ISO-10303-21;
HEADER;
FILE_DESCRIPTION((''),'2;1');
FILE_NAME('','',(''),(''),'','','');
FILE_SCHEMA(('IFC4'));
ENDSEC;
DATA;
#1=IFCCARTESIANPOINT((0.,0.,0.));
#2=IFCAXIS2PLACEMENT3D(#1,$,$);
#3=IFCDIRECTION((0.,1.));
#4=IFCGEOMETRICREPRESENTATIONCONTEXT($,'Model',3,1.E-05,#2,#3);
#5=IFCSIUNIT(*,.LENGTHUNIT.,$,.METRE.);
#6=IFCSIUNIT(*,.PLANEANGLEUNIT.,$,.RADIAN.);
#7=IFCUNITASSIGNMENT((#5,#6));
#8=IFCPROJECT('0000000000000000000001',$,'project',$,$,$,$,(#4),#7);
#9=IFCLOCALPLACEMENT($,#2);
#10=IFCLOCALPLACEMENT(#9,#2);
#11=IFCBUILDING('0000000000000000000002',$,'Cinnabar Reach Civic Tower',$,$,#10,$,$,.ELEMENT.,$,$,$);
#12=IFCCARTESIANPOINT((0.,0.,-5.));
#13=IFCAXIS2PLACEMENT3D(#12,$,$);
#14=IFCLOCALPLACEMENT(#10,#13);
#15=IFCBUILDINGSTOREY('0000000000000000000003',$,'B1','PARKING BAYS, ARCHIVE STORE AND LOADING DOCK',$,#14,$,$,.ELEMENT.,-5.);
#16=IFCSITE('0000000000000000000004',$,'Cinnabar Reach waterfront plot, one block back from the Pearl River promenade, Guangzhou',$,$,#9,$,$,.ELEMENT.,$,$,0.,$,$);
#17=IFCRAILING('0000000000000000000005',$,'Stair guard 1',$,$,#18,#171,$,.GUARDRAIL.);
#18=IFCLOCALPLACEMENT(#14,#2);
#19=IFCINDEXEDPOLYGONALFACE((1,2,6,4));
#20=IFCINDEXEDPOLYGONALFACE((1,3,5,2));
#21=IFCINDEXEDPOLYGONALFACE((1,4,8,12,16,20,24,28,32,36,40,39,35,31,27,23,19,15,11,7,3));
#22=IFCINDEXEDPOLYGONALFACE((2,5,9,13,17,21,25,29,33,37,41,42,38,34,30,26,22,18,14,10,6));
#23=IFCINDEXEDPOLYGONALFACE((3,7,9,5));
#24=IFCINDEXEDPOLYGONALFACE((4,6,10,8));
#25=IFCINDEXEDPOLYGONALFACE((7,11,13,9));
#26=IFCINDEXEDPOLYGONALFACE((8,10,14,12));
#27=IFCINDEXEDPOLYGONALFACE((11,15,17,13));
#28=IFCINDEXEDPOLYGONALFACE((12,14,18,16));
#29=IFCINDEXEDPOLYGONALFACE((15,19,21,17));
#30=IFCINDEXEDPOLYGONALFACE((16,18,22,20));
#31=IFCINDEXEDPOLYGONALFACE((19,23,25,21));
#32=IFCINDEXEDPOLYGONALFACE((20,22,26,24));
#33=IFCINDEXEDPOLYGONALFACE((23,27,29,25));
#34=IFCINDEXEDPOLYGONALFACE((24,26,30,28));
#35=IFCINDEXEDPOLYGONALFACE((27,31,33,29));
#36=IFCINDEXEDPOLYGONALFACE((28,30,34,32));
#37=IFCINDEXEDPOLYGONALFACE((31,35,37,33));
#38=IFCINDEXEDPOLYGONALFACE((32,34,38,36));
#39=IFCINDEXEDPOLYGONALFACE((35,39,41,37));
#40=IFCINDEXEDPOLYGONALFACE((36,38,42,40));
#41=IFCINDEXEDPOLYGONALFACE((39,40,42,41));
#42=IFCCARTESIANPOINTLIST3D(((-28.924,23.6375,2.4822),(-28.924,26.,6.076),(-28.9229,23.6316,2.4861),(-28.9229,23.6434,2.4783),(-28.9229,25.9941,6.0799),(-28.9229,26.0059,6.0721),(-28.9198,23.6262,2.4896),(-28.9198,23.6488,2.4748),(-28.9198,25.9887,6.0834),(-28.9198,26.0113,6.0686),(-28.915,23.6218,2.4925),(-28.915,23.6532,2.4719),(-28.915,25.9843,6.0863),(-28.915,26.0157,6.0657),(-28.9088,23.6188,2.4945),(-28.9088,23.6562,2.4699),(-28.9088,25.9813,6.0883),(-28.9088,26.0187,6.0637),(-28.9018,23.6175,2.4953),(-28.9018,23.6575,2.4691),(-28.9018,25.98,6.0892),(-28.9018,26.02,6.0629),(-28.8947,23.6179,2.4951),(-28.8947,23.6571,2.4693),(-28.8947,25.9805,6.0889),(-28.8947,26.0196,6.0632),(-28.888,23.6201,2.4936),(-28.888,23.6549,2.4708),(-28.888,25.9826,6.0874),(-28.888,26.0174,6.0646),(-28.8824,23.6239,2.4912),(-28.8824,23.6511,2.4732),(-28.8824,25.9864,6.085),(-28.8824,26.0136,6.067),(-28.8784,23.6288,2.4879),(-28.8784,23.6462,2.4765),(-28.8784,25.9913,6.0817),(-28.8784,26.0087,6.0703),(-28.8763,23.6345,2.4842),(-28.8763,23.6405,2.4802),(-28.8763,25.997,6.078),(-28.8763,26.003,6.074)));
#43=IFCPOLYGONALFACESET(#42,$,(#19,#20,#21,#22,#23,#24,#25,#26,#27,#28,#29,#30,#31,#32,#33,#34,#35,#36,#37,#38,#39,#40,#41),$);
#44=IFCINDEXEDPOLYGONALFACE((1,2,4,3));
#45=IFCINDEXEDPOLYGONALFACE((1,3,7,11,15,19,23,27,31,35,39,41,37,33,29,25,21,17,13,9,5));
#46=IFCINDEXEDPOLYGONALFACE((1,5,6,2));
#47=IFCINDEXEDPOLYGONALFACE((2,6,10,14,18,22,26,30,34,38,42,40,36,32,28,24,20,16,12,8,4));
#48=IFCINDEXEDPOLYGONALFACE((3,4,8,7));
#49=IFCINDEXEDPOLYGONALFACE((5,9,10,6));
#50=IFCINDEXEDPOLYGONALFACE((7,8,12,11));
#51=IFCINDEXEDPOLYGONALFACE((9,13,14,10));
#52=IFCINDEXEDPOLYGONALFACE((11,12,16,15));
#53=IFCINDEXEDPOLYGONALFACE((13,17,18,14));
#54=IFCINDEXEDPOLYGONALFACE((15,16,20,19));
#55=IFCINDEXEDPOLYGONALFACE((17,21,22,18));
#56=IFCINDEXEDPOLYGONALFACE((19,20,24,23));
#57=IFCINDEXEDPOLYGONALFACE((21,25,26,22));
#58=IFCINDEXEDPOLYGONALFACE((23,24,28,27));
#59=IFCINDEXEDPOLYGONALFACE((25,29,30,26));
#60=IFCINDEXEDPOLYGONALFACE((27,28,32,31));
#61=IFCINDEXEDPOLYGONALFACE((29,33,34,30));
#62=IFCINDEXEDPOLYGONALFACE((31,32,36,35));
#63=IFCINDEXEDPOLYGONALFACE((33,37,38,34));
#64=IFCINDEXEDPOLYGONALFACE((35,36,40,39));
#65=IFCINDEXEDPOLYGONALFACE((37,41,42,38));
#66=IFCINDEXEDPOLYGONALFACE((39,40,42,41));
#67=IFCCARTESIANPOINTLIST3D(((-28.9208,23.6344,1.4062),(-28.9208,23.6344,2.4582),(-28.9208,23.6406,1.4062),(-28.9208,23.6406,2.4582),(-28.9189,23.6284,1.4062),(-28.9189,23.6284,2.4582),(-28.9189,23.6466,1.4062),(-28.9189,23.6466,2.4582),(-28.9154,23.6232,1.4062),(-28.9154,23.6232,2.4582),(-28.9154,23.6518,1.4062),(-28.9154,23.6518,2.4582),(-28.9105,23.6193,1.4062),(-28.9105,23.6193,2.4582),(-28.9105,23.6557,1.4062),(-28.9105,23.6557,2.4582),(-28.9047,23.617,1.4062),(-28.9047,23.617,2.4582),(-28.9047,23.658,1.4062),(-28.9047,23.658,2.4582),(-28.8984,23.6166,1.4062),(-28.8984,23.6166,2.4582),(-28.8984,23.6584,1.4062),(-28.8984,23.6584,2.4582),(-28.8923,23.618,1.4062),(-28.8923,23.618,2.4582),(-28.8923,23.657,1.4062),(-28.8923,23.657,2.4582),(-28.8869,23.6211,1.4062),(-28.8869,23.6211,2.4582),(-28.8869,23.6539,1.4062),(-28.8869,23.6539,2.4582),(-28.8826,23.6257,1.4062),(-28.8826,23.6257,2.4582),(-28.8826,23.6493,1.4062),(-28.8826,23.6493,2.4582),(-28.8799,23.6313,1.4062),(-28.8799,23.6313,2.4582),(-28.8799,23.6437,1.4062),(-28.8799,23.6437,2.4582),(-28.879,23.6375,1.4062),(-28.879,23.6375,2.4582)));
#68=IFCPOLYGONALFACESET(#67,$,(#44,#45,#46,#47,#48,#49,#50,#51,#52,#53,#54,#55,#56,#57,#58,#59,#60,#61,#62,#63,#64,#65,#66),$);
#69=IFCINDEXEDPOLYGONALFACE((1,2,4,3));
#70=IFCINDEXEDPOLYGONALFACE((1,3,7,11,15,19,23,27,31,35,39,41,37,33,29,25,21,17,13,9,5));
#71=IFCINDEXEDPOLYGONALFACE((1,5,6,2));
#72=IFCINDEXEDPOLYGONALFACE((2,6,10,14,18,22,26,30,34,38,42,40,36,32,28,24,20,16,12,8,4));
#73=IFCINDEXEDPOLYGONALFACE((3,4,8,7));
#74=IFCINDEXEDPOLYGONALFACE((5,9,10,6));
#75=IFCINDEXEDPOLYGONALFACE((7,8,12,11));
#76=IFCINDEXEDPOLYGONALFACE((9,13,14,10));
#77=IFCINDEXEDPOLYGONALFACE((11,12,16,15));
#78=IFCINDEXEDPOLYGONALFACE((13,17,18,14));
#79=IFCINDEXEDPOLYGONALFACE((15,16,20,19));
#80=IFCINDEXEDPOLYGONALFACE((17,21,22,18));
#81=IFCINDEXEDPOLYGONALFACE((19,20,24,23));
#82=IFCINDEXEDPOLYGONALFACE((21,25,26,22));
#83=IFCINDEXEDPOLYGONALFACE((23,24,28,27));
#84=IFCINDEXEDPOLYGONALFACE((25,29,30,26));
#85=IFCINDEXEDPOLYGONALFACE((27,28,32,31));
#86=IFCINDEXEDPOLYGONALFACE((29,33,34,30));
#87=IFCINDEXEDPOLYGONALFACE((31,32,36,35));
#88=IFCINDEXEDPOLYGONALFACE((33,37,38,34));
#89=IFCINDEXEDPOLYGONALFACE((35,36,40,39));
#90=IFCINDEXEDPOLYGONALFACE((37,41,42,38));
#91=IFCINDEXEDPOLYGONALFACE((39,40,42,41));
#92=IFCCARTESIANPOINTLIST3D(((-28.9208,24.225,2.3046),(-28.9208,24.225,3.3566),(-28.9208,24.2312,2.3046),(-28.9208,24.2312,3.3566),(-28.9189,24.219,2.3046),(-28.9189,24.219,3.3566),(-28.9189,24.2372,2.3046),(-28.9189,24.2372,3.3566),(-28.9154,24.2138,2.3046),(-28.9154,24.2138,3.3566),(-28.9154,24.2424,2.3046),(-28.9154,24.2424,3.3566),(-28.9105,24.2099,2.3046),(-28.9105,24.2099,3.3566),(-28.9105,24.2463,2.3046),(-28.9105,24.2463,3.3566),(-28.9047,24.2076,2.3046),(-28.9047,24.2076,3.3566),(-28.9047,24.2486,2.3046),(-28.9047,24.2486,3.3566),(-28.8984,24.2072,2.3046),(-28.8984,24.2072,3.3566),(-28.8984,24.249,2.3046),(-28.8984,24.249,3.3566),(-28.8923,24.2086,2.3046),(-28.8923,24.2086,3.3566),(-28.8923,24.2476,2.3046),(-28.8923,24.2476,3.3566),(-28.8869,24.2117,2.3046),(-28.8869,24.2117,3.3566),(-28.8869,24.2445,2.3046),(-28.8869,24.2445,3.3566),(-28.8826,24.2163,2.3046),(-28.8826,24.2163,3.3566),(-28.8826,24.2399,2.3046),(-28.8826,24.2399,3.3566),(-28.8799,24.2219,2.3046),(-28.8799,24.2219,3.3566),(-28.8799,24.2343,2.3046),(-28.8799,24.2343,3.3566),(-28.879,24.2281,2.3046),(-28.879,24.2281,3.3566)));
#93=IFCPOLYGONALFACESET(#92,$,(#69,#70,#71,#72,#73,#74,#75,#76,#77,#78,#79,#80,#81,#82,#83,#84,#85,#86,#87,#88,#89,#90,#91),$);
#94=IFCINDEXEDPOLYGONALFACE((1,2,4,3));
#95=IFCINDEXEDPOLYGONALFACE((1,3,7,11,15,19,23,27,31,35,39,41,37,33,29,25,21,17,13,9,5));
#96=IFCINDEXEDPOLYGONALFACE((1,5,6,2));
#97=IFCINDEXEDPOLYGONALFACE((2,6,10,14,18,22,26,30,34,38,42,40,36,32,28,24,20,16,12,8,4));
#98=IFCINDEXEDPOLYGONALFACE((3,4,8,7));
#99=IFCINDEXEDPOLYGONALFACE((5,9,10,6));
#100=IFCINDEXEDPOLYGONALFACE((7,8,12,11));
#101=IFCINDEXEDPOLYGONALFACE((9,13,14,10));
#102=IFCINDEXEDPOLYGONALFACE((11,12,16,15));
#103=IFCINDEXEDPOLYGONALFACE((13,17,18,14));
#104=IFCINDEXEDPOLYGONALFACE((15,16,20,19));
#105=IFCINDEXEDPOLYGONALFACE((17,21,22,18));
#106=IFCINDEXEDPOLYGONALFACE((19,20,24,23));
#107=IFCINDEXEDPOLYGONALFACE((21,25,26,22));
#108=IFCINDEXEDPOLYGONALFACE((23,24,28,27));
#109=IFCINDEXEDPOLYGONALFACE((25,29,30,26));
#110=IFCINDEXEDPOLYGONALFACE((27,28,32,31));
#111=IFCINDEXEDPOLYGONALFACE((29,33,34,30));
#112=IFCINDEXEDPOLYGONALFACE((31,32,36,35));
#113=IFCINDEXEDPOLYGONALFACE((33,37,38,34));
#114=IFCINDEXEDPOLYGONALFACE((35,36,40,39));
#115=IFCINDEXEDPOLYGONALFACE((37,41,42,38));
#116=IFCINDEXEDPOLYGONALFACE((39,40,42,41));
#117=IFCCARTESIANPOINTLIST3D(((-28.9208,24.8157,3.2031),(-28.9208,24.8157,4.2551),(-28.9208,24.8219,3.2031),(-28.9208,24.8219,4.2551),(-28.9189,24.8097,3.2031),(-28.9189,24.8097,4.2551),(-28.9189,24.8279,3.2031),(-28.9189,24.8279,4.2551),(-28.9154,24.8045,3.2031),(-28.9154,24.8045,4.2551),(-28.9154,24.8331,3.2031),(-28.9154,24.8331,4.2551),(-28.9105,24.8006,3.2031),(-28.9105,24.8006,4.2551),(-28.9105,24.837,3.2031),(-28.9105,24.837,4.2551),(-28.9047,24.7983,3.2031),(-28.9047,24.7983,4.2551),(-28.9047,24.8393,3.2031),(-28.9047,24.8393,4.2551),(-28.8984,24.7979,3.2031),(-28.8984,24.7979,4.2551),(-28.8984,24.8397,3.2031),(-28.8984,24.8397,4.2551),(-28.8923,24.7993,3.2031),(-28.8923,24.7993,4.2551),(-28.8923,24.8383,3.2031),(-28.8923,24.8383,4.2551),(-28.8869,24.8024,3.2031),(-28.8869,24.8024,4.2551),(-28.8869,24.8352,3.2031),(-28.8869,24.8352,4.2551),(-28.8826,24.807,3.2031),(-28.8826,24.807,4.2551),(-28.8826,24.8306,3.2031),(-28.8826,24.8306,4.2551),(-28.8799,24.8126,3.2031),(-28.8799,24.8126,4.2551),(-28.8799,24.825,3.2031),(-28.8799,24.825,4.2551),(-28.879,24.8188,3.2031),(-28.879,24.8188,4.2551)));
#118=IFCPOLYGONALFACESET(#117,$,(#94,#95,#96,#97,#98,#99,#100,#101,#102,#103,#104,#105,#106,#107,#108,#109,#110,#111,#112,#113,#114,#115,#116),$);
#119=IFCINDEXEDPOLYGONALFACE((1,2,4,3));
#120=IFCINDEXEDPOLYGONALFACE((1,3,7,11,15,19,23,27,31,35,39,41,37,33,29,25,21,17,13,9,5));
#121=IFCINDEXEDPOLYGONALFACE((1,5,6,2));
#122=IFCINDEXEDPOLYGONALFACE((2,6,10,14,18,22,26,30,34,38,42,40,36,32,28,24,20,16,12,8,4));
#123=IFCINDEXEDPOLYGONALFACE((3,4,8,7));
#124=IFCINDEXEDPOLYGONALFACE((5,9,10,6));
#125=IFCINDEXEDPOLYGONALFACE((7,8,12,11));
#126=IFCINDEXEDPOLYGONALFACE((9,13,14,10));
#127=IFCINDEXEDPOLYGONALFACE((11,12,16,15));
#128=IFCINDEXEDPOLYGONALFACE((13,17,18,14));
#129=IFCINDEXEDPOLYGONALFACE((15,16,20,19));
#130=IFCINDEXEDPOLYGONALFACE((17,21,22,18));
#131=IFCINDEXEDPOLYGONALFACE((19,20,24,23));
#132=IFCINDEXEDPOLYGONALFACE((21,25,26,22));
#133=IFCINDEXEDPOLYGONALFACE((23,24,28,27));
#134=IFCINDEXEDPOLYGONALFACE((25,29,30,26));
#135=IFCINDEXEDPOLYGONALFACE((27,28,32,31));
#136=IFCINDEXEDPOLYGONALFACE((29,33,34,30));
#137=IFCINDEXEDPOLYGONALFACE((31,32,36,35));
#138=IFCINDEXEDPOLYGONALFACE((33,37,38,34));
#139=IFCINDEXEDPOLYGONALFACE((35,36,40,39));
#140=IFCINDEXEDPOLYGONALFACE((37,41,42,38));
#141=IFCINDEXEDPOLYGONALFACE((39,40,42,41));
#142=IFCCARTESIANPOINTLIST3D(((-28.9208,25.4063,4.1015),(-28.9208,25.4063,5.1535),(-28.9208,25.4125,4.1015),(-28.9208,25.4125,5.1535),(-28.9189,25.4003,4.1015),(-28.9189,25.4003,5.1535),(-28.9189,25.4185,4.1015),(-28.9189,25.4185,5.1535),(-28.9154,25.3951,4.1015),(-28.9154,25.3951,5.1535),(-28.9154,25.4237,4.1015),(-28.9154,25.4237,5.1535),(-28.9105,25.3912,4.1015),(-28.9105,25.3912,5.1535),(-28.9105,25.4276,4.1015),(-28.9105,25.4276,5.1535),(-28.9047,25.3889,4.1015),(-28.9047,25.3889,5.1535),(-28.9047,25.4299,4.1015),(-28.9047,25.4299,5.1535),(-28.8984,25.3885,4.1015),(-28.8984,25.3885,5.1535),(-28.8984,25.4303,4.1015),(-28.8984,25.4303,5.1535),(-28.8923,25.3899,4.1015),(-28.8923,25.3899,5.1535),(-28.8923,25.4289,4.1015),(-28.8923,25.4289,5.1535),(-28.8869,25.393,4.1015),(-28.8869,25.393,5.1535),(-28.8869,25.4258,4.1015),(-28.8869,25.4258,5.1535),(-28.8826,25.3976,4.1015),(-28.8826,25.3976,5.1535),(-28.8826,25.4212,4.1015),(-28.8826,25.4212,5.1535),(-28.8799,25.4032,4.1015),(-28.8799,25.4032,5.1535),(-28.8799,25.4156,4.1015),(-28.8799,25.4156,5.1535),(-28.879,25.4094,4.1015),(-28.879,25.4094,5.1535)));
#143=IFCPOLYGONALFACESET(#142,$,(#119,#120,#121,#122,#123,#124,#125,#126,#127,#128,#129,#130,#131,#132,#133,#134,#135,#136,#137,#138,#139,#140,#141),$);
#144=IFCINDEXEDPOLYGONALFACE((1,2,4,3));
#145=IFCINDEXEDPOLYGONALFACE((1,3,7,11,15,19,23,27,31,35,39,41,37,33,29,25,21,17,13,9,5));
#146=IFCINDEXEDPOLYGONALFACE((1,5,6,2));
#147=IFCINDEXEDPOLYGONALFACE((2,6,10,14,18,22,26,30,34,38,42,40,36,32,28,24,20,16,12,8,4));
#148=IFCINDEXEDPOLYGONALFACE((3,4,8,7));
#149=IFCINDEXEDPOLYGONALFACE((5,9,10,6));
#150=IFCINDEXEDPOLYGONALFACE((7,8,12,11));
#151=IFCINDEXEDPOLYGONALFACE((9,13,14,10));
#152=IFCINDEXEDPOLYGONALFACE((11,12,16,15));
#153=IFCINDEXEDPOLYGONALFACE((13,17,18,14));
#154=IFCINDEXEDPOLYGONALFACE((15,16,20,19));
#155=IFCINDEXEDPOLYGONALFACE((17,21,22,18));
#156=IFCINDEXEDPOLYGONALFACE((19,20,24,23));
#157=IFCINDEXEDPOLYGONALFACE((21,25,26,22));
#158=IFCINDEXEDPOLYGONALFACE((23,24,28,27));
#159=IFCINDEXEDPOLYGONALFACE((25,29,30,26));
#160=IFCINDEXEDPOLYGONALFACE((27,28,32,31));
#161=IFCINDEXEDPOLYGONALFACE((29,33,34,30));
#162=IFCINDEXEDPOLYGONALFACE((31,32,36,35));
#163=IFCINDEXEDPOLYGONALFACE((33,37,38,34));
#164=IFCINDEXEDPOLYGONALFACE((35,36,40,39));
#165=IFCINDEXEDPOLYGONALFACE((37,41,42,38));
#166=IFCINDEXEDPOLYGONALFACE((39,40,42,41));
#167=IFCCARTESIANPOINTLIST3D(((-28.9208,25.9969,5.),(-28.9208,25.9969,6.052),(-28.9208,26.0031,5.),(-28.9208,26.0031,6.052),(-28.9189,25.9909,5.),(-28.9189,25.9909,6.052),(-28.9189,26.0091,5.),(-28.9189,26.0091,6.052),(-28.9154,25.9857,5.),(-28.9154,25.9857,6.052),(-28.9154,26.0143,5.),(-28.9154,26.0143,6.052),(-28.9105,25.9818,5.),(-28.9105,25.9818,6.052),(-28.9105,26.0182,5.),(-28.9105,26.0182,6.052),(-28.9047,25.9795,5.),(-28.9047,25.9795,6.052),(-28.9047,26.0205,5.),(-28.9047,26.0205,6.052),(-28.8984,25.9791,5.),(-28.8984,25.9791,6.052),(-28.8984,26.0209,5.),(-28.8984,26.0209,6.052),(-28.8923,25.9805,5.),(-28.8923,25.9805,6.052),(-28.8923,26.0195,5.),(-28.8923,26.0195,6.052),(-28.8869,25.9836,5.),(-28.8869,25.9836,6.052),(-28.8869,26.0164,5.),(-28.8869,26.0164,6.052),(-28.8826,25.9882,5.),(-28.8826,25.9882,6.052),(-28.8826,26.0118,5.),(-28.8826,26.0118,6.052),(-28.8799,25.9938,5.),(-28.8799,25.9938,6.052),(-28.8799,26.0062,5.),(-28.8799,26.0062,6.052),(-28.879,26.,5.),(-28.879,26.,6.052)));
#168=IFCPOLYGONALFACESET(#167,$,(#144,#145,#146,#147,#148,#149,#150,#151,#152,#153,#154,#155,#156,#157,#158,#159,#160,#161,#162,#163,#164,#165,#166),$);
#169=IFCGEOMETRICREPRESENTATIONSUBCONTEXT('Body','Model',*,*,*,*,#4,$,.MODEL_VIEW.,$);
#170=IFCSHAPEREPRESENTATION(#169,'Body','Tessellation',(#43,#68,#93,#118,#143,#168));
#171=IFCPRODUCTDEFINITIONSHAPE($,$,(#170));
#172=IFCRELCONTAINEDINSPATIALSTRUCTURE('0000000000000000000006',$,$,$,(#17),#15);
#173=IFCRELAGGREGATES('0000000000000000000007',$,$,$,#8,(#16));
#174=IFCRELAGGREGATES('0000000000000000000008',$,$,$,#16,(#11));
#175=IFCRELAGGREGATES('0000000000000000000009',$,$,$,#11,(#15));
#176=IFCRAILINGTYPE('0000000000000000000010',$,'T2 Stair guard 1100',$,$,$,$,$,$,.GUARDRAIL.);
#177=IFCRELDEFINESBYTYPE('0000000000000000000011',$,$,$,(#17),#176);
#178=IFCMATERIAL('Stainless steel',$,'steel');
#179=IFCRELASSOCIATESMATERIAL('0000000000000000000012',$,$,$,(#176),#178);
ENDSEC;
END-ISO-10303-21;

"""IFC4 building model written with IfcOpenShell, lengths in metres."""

from ifc_helpers import new_model, si_unit, direction, frame, origin, origin_2d, place, context, subcontext, project, spatial, circle, extrude, material, type_object, element, save


model = new_model("IFC4")

# Units and contexts
model_context = context("Model", 3, precision=1e-05, world=origin(), true_north=direction((0.0, 1.0)))
body_context = subcontext(model_context, "Body", "Model", "MODEL_VIEW")
ifc_project = project(units=[si_unit("LENGTHUNIT", "METRE"), si_unit("PLANEANGLEUNIT", "RADIAN")], contexts=[model_context])

# Site, building, storey
site_placement = place(None, origin())
site = spatial("IfcSite", under=ifc_project, at=site_placement, Name="Cinnabar Reach waterfront plot, one block back from the Pearl River promenade, Guangzhou", CompositionType="ELEMENT", RefElevation=0.0)
building_placement = place(site_placement, origin())
building = spatial("IfcBuilding", under=site, at=building_placement, Name="Cinnabar Reach Civic Tower", CompositionType="ELEMENT")
storey_placement = place(building_placement, frame((0.0, 0.0, -5.0)))
storey = spatial("IfcBuildingStorey", under=building, at=storey_placement, Name="B1", Description="PARKING BAYS, ARCHIVE STORE AND LOADING DOCK", CompositionType="ELEMENT", Elevation=-5.0)

# Railing
ifc_material_1 = material(Name="Stainless steel", Category="steel")
railing_type_1 = type_object("IfcRailingType", Name="T2 Stair guard 1100", PredefinedType="GUARDRAIL", material=ifc_material_1)
railing_1_placement = place(storey_placement, frame((-28.9, 23.6375, 1.4062)))
element("IfcRailing", 1, at=railing_1_placement, inside=storey, type_object=railing_type_1, Name="Stair guard 1", PredefinedType="GUARDRAIL", context=body_context, shape_type="SweptSolid", body=[
    extrude(circle(Radius=0.024, at=origin_2d()), frame((0.0, 0.0, 1.076), z_axis=(0.0, 0.549318, 0.835614), x_axis=(-1.0, 0.0, 0.0)), (0.0, 0.0, 1.0), 4.3008),
    extrude(circle(Radius=0.021, at=origin_2d()), origin(), (0.0, 0.0, 1.0), 1.052),
    extrude(circle(Radius=0.021, at=origin_2d()), frame((0.0, 0.5906, 0.8984)), (0.0, 0.0, 1.0), 1.052),
    extrude(circle(Radius=0.021, at=origin_2d()), frame((0.0, 1.1813, 1.7969)), (0.0, 0.0, 1.0), 1.052),
    extrude(circle(Radius=0.021, at=origin_2d()), frame((0.0, 1.7719, 2.6953)), (0.0, 0.0, 1.0), 1.052),
    extrude(circle(Radius=0.021, at=origin_2d()), frame((0.0, 2.3625, 3.5938)), (0.0, 0.0, 1.0), 1.052),
])

save(model, "model.ifc")
